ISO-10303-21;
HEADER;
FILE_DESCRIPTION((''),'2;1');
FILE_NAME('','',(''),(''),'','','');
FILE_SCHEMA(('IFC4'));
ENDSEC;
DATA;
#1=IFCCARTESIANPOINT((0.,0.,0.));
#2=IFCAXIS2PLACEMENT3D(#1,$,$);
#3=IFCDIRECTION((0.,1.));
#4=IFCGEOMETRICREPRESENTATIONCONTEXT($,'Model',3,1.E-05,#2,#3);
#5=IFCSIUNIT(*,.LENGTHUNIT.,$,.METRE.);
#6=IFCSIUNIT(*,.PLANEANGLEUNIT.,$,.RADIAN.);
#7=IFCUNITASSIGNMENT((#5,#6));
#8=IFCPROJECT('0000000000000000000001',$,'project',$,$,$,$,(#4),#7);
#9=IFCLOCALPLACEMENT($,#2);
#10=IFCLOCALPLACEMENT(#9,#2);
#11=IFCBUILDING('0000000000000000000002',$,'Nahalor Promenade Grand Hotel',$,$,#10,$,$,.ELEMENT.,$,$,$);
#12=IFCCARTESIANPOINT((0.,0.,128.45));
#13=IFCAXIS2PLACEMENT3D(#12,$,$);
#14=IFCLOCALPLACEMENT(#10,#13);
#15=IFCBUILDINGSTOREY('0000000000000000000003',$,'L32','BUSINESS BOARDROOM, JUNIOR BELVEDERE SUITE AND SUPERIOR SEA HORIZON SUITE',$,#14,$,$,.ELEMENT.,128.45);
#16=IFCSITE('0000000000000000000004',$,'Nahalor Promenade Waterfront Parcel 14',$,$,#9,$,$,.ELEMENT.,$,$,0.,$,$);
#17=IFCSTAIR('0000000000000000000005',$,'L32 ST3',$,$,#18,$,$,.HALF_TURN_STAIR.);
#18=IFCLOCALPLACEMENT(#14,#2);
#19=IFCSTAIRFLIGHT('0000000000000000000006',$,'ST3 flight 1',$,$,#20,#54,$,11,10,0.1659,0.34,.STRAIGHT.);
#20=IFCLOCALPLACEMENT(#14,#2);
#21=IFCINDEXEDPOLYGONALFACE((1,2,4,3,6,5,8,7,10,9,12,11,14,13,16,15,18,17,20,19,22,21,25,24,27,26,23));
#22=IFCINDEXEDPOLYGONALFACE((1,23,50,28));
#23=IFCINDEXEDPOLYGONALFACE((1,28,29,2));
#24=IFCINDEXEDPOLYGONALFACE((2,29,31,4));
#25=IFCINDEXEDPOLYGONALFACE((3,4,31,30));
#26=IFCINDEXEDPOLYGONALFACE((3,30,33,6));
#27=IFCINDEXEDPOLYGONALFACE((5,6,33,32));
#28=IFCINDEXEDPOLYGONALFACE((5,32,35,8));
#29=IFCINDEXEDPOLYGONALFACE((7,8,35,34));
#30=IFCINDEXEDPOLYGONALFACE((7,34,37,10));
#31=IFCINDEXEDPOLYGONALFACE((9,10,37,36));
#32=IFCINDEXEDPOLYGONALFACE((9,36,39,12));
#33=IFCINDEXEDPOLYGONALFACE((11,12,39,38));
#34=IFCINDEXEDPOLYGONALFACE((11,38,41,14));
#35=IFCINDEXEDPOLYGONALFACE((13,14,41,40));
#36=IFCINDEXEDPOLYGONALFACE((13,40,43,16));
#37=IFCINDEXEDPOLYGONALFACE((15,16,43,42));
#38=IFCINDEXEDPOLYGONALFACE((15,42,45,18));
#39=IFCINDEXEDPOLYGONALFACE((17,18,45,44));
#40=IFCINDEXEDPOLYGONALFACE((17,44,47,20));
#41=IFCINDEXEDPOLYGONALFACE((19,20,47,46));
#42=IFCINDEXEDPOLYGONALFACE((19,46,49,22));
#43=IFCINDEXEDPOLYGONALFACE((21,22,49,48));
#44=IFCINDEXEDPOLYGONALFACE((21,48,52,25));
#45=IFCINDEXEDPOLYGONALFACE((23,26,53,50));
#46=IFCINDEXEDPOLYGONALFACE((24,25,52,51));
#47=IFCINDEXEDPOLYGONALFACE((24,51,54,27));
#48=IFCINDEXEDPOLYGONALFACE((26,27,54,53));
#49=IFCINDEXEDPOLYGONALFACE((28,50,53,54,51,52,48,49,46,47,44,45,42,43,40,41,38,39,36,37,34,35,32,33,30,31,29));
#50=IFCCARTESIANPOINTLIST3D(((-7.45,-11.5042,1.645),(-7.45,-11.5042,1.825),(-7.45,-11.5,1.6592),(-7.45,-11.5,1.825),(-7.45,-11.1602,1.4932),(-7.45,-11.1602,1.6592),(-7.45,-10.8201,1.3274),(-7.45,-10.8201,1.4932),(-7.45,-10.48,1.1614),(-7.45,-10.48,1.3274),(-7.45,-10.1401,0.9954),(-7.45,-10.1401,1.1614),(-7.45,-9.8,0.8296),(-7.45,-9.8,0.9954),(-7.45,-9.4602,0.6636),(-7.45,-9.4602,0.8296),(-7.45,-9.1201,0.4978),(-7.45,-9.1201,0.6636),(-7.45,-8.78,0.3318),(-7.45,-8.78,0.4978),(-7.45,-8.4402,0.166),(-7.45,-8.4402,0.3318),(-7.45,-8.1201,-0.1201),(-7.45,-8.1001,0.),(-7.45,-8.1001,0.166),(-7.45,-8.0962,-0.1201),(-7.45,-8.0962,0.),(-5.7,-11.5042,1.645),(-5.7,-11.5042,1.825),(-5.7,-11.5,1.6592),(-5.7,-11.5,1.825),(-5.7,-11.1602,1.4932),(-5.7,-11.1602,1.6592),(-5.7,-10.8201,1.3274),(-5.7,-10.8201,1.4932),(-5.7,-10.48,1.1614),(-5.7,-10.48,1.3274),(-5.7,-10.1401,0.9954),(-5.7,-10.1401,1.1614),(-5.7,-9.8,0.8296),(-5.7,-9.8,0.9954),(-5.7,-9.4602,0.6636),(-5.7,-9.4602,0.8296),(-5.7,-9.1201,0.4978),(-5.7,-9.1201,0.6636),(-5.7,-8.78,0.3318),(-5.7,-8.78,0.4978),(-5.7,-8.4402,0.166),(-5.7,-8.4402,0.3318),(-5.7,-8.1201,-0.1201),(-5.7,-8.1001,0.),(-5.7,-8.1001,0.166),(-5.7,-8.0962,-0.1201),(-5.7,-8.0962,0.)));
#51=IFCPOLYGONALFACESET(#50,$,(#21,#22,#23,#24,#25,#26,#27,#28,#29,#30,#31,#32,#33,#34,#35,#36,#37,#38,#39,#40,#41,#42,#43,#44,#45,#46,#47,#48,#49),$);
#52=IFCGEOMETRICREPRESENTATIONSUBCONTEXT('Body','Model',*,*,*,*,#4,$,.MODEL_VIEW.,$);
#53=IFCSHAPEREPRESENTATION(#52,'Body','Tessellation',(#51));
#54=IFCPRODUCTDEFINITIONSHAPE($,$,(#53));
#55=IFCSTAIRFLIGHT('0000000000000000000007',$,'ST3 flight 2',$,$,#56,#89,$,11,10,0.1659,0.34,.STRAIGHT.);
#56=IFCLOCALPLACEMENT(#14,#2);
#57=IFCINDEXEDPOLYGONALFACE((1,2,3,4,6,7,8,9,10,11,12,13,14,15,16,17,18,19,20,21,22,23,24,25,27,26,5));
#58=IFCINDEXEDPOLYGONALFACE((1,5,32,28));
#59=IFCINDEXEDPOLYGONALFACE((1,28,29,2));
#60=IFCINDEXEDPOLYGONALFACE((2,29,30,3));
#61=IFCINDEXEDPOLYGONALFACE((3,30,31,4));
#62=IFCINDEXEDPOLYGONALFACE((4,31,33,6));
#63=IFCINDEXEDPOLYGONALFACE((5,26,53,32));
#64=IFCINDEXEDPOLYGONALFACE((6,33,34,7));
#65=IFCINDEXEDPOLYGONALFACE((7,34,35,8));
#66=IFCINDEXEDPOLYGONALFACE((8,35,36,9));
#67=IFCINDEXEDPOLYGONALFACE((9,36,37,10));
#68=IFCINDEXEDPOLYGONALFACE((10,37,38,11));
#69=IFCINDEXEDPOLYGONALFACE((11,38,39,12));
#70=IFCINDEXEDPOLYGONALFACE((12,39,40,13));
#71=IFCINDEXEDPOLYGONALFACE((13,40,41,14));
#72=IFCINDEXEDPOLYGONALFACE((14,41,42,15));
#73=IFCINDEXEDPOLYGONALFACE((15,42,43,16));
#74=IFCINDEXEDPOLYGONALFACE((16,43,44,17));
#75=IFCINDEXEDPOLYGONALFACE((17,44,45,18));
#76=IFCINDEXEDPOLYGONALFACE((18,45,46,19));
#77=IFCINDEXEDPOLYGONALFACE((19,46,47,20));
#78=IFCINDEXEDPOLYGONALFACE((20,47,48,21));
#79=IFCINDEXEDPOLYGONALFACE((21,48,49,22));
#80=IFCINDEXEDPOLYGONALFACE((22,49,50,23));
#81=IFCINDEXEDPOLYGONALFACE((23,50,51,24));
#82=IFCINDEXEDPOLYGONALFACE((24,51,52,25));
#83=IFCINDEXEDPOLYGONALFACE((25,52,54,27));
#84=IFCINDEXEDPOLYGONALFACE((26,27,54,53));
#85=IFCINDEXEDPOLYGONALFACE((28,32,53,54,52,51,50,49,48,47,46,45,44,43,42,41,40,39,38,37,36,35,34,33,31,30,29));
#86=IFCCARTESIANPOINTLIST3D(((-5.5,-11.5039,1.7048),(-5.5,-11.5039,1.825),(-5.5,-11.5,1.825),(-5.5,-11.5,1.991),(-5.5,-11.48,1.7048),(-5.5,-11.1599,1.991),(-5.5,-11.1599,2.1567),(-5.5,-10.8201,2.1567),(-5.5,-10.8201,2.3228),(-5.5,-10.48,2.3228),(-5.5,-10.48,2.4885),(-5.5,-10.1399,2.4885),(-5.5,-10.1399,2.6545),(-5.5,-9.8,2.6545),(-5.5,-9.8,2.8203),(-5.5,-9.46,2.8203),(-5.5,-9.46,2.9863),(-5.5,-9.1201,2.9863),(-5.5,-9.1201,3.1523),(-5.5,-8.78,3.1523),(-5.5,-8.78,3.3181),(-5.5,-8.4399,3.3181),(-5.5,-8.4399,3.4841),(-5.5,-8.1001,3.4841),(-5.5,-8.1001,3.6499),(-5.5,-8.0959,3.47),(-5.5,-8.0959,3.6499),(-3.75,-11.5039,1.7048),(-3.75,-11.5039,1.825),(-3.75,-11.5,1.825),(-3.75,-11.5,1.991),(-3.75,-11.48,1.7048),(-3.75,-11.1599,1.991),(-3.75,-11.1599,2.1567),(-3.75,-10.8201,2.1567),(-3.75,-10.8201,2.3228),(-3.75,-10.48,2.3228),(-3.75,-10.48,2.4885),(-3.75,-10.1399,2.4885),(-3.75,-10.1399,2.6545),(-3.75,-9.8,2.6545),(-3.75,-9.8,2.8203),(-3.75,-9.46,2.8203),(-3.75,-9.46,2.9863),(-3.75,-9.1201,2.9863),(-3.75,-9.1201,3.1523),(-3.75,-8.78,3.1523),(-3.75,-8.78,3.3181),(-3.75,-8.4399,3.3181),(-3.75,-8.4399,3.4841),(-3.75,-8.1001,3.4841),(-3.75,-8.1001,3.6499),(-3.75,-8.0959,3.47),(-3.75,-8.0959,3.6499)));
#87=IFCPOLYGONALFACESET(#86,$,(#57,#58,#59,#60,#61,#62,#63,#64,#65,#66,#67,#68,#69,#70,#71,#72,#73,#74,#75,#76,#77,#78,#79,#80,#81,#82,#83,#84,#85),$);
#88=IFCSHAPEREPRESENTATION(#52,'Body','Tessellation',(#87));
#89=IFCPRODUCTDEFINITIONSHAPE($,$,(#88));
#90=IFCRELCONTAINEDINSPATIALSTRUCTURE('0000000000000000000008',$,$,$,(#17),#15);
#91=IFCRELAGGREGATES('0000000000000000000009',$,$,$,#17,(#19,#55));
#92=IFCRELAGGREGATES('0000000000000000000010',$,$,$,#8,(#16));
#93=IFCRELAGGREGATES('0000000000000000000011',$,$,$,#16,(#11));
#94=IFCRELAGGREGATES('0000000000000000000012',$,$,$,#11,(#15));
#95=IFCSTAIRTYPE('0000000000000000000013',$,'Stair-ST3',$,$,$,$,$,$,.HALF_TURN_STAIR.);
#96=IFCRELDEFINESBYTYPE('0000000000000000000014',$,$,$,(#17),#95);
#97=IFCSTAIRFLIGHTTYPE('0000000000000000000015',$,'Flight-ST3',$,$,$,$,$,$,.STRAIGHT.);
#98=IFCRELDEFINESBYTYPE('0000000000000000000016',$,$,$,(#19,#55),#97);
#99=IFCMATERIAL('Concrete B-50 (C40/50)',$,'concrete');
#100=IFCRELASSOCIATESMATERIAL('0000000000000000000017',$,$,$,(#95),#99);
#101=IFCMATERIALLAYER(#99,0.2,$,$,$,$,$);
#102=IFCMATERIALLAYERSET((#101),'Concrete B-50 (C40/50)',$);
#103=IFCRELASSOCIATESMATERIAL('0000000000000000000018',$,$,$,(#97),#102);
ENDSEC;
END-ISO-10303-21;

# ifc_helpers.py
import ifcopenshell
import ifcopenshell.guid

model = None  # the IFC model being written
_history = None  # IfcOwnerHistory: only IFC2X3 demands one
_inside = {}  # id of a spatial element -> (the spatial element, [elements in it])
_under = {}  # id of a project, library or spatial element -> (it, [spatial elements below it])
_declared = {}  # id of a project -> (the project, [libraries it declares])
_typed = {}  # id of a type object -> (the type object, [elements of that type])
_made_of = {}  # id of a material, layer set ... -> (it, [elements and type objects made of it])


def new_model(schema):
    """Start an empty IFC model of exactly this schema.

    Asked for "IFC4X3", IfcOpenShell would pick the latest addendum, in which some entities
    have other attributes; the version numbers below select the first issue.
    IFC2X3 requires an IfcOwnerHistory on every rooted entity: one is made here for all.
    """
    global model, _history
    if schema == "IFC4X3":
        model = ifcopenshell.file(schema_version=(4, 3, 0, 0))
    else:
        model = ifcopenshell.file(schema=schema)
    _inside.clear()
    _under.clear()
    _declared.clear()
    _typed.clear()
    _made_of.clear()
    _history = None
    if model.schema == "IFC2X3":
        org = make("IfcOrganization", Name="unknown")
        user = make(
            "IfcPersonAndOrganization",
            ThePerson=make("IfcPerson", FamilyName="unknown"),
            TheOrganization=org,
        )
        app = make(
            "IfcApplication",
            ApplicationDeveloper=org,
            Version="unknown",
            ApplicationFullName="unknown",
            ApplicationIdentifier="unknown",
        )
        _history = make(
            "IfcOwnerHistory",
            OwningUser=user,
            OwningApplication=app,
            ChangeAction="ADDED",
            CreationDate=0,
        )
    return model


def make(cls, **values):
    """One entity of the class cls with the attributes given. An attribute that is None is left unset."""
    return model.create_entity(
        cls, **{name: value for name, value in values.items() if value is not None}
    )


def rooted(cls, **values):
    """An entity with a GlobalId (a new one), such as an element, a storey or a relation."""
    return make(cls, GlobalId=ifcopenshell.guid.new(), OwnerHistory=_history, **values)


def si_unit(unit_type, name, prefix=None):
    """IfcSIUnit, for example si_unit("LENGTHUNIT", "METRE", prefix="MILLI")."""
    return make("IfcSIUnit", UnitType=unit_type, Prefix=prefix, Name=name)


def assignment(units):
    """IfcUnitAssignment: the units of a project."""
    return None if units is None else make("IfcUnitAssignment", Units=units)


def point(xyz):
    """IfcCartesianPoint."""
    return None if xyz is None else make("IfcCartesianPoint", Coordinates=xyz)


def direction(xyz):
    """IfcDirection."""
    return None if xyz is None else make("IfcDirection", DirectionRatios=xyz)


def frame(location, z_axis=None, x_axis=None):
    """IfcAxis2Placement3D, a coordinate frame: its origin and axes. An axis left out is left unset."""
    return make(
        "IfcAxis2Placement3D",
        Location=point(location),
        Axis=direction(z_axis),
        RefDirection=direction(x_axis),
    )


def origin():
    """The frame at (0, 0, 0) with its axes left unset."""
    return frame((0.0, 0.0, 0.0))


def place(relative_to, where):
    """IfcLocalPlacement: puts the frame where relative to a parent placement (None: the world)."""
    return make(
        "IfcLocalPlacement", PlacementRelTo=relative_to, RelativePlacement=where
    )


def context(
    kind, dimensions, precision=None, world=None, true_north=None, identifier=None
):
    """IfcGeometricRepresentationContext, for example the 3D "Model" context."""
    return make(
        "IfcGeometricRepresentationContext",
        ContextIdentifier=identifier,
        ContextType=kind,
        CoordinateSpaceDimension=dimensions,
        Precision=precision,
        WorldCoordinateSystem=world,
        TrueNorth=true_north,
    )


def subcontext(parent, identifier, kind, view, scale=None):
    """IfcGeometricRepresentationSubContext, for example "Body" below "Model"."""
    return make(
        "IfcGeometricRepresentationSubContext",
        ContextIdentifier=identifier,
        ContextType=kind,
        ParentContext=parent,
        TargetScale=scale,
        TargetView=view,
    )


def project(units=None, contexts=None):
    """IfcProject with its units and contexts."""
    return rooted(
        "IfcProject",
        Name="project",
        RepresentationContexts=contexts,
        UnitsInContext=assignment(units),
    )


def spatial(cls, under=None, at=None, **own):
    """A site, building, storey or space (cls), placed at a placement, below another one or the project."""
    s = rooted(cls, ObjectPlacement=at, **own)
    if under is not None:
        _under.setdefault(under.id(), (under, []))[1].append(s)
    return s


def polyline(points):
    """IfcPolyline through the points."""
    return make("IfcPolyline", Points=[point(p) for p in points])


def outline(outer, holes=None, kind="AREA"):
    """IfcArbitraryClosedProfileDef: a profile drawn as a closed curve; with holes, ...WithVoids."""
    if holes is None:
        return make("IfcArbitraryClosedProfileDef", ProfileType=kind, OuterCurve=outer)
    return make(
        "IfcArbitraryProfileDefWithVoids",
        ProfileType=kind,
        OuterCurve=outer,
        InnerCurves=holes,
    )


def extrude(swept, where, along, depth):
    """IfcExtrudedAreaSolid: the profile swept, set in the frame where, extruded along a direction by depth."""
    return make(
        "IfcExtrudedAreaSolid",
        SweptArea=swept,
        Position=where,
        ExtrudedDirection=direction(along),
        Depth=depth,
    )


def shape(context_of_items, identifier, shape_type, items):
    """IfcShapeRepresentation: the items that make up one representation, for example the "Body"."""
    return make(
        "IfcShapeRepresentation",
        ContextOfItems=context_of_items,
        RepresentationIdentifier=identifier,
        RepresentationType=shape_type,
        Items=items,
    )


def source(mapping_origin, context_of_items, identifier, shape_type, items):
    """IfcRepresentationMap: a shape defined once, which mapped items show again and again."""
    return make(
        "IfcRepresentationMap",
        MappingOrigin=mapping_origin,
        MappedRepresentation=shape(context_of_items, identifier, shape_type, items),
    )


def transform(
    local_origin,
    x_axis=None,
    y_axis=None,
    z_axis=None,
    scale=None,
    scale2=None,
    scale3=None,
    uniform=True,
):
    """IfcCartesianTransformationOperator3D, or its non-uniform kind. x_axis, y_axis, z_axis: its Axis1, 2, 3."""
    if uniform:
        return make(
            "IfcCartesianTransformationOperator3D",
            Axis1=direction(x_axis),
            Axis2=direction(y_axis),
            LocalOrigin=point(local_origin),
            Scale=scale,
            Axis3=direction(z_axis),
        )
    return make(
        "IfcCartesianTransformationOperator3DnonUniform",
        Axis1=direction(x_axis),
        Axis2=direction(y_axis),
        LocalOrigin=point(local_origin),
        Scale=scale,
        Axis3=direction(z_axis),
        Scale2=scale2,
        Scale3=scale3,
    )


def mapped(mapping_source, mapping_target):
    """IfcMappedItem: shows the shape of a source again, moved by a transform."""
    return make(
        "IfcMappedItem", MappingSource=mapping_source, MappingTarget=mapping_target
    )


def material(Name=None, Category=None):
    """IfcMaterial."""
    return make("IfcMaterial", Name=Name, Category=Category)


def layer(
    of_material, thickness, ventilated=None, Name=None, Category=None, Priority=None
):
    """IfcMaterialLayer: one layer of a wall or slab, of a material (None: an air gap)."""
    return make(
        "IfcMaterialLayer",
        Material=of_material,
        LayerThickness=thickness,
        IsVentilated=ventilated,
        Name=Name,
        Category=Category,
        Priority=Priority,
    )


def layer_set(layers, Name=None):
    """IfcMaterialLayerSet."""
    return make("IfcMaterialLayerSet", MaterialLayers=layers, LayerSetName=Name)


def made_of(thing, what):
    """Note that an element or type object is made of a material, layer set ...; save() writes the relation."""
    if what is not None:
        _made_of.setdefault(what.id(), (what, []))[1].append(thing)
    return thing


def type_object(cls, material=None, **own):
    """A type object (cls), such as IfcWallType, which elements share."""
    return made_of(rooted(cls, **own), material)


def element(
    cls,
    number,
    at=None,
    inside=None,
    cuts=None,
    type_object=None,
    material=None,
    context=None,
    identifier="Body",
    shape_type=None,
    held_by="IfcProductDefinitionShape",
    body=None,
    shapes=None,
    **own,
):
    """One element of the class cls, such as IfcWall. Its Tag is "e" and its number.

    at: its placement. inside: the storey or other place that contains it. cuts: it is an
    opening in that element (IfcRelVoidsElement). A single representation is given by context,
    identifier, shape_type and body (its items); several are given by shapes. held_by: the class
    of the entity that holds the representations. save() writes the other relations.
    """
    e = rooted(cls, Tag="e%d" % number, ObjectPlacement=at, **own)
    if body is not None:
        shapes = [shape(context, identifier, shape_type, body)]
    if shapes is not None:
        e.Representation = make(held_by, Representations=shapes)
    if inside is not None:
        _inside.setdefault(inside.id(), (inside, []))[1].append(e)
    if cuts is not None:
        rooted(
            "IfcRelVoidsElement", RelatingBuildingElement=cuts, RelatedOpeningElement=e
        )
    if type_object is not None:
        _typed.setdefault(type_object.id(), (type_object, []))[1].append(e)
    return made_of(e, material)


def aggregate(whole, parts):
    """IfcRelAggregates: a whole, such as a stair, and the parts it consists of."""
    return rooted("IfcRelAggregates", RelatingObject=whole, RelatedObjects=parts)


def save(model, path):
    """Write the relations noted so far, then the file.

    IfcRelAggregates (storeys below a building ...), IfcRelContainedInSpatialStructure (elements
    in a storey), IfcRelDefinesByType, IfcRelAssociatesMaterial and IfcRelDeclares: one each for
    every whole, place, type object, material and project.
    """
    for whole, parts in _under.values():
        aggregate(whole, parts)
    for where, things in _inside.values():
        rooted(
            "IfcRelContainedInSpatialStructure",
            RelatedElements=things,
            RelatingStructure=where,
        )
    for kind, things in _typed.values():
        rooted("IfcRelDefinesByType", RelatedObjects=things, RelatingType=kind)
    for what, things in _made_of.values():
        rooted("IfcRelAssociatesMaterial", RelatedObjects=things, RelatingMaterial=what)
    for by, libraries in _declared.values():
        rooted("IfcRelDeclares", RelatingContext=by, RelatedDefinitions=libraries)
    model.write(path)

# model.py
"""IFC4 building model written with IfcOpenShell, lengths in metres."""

from ifc_helpers import new_model, si_unit, direction, frame, origin, place, context, subcontext, project, spatial, polyline, outline, extrude, source, transform, mapped, material, layer, layer_set, type_object, element, aggregate, save


model = new_model("IFC4")

# Units and contexts
model_context = context("Model", 3, precision=1e-05, world=origin(), true_north=direction((0.0, 1.0)))
body_context = subcontext(model_context, "Body", "Model", "MODEL_VIEW")
ifc_project = project(units=[si_unit("LENGTHUNIT", "METRE"), si_unit("PLANEANGLEUNIT", "RADIAN")], contexts=[model_context])

# Site, building, storey
site_placement = place(None, origin())
site = spatial("IfcSite", under=ifc_project, at=site_placement, Name="Nahalor Promenade Waterfront Parcel 14", CompositionType="ELEMENT", RefElevation=0.0)
building_placement = place(site_placement, origin())
building = spatial("IfcBuilding", under=site, at=building_placement, Name="Nahalor Promenade Grand Hotel", CompositionType="ELEMENT")
storey_placement = place(building_placement, frame((0.0, 0.0, 128.45)))
storey = spatial("IfcBuildingStorey", under=building, at=storey_placement, Name="L32", Description="BUSINESS BOARDROOM, JUNIOR BELVEDERE SUITE AND SUPERIOR SEA HORIZON SUITE", CompositionType="ELEMENT", Elevation=128.45)

# Shared definitions
ifc_material_1 = material(Name="Concrete B-50 (C40/50)", Category="concrete")

# Stair, stair flights
stair_type = type_object("IfcStairType", Name="Stair-ST3", PredefinedType="HALF_TURN_STAIR", material=ifc_material_1)
stair_placement = place(storey_placement, origin())
stair = element("IfcStair", 1, at=stair_placement, inside=storey, type_object=stair_type, Name="L32 ST3", PredefinedType="HALF_TURN_STAIR")
ifc_layer_1 = layer(ifc_material_1, 0.2)
ifc_layer_set_1 = layer_set([ifc_layer_1], Name="Concrete B-50 (C40/50)")
stair_flight_type = type_object("IfcStairFlightType", Name="Flight-ST3", PredefinedType="STRAIGHT", material=ifc_layer_set_1)
shared_shape_1 = source(origin(), body_context, "Body", "SweptSolid", [
    extrude(outline(polyline([(-0.0039, -0.1201), (-0.0039, 0.0), (0.0, 0.0), (0.0, 0.166), (0.3401, 0.166), (0.3401, 0.3318), (0.6799, 0.3318), (0.6799, 0.4978), (1.02, 0.4978), (1.02, 0.6636), (1.3601, 0.6636), (1.3601, 0.8296), (1.7, 0.8296), (1.7, 0.9954), (2.04, 0.9954), (2.04, 1.1614), (2.3799, 1.1614), (2.3799, 1.3274), (2.72, 1.3274), (2.72, 1.4932), (3.0601, 1.4932), (3.0601, 1.6592), (3.3999, 1.6592), (3.3999, 1.825), (3.4041, 1.825), (3.4041, 1.645), (0.02, -0.1201), (-0.0039, -0.1201)])), frame((0.0, 0.875, 0.0), z_axis=(0.0, -1.0, 0.0), x_axis=(1.0, 0.0, 0.0)), (0.0, 0.0, 1.0), 1.75),
])
stair_flight_1_placement = place(storey_placement, frame((-6.575, -8.1001, 0.0), z_axis=(0.0, 0.0, 1.0), x_axis=(0.0, -1.0, 0.0)))
stair_flight_1 = element("IfcStairFlight", 2, at=stair_flight_1_placement, type_object=stair_flight_type, Name="ST3 flight 1", NumberOfRisers=11, NumberOfTreads=10, PredefinedType="STRAIGHT", RiserHeight=0.1659, TreadLength=0.34, context=body_context, shape_type="MappedRepresentation", body=[
    mapped(shared_shape_1, transform((0.0, 0.0, 0.0), scale=1.0)),
])
stair_flight_2_placement = place(storey_placement, frame((-4.625, -11.5, 1.825), z_axis=(0.0, 0.0, 1.0), x_axis=(0.0, 1.0, 0.0)))
stair_flight_2 = element("IfcStairFlight", 3, at=stair_flight_2_placement, type_object=stair_flight_type, Name="ST3 flight 2", NumberOfRisers=11, NumberOfTreads=10, PredefinedType="STRAIGHT", RiserHeight=0.1659, TreadLength=0.34, context=body_context, shape_type="MappedRepresentation", body=[
    mapped(shared_shape_1, transform((0.0, 0.0, 0.0), scale=1.0)),
])
aggregate(stair, [stair_flight_1, stair_flight_2])

save(model, "model.ifc")
